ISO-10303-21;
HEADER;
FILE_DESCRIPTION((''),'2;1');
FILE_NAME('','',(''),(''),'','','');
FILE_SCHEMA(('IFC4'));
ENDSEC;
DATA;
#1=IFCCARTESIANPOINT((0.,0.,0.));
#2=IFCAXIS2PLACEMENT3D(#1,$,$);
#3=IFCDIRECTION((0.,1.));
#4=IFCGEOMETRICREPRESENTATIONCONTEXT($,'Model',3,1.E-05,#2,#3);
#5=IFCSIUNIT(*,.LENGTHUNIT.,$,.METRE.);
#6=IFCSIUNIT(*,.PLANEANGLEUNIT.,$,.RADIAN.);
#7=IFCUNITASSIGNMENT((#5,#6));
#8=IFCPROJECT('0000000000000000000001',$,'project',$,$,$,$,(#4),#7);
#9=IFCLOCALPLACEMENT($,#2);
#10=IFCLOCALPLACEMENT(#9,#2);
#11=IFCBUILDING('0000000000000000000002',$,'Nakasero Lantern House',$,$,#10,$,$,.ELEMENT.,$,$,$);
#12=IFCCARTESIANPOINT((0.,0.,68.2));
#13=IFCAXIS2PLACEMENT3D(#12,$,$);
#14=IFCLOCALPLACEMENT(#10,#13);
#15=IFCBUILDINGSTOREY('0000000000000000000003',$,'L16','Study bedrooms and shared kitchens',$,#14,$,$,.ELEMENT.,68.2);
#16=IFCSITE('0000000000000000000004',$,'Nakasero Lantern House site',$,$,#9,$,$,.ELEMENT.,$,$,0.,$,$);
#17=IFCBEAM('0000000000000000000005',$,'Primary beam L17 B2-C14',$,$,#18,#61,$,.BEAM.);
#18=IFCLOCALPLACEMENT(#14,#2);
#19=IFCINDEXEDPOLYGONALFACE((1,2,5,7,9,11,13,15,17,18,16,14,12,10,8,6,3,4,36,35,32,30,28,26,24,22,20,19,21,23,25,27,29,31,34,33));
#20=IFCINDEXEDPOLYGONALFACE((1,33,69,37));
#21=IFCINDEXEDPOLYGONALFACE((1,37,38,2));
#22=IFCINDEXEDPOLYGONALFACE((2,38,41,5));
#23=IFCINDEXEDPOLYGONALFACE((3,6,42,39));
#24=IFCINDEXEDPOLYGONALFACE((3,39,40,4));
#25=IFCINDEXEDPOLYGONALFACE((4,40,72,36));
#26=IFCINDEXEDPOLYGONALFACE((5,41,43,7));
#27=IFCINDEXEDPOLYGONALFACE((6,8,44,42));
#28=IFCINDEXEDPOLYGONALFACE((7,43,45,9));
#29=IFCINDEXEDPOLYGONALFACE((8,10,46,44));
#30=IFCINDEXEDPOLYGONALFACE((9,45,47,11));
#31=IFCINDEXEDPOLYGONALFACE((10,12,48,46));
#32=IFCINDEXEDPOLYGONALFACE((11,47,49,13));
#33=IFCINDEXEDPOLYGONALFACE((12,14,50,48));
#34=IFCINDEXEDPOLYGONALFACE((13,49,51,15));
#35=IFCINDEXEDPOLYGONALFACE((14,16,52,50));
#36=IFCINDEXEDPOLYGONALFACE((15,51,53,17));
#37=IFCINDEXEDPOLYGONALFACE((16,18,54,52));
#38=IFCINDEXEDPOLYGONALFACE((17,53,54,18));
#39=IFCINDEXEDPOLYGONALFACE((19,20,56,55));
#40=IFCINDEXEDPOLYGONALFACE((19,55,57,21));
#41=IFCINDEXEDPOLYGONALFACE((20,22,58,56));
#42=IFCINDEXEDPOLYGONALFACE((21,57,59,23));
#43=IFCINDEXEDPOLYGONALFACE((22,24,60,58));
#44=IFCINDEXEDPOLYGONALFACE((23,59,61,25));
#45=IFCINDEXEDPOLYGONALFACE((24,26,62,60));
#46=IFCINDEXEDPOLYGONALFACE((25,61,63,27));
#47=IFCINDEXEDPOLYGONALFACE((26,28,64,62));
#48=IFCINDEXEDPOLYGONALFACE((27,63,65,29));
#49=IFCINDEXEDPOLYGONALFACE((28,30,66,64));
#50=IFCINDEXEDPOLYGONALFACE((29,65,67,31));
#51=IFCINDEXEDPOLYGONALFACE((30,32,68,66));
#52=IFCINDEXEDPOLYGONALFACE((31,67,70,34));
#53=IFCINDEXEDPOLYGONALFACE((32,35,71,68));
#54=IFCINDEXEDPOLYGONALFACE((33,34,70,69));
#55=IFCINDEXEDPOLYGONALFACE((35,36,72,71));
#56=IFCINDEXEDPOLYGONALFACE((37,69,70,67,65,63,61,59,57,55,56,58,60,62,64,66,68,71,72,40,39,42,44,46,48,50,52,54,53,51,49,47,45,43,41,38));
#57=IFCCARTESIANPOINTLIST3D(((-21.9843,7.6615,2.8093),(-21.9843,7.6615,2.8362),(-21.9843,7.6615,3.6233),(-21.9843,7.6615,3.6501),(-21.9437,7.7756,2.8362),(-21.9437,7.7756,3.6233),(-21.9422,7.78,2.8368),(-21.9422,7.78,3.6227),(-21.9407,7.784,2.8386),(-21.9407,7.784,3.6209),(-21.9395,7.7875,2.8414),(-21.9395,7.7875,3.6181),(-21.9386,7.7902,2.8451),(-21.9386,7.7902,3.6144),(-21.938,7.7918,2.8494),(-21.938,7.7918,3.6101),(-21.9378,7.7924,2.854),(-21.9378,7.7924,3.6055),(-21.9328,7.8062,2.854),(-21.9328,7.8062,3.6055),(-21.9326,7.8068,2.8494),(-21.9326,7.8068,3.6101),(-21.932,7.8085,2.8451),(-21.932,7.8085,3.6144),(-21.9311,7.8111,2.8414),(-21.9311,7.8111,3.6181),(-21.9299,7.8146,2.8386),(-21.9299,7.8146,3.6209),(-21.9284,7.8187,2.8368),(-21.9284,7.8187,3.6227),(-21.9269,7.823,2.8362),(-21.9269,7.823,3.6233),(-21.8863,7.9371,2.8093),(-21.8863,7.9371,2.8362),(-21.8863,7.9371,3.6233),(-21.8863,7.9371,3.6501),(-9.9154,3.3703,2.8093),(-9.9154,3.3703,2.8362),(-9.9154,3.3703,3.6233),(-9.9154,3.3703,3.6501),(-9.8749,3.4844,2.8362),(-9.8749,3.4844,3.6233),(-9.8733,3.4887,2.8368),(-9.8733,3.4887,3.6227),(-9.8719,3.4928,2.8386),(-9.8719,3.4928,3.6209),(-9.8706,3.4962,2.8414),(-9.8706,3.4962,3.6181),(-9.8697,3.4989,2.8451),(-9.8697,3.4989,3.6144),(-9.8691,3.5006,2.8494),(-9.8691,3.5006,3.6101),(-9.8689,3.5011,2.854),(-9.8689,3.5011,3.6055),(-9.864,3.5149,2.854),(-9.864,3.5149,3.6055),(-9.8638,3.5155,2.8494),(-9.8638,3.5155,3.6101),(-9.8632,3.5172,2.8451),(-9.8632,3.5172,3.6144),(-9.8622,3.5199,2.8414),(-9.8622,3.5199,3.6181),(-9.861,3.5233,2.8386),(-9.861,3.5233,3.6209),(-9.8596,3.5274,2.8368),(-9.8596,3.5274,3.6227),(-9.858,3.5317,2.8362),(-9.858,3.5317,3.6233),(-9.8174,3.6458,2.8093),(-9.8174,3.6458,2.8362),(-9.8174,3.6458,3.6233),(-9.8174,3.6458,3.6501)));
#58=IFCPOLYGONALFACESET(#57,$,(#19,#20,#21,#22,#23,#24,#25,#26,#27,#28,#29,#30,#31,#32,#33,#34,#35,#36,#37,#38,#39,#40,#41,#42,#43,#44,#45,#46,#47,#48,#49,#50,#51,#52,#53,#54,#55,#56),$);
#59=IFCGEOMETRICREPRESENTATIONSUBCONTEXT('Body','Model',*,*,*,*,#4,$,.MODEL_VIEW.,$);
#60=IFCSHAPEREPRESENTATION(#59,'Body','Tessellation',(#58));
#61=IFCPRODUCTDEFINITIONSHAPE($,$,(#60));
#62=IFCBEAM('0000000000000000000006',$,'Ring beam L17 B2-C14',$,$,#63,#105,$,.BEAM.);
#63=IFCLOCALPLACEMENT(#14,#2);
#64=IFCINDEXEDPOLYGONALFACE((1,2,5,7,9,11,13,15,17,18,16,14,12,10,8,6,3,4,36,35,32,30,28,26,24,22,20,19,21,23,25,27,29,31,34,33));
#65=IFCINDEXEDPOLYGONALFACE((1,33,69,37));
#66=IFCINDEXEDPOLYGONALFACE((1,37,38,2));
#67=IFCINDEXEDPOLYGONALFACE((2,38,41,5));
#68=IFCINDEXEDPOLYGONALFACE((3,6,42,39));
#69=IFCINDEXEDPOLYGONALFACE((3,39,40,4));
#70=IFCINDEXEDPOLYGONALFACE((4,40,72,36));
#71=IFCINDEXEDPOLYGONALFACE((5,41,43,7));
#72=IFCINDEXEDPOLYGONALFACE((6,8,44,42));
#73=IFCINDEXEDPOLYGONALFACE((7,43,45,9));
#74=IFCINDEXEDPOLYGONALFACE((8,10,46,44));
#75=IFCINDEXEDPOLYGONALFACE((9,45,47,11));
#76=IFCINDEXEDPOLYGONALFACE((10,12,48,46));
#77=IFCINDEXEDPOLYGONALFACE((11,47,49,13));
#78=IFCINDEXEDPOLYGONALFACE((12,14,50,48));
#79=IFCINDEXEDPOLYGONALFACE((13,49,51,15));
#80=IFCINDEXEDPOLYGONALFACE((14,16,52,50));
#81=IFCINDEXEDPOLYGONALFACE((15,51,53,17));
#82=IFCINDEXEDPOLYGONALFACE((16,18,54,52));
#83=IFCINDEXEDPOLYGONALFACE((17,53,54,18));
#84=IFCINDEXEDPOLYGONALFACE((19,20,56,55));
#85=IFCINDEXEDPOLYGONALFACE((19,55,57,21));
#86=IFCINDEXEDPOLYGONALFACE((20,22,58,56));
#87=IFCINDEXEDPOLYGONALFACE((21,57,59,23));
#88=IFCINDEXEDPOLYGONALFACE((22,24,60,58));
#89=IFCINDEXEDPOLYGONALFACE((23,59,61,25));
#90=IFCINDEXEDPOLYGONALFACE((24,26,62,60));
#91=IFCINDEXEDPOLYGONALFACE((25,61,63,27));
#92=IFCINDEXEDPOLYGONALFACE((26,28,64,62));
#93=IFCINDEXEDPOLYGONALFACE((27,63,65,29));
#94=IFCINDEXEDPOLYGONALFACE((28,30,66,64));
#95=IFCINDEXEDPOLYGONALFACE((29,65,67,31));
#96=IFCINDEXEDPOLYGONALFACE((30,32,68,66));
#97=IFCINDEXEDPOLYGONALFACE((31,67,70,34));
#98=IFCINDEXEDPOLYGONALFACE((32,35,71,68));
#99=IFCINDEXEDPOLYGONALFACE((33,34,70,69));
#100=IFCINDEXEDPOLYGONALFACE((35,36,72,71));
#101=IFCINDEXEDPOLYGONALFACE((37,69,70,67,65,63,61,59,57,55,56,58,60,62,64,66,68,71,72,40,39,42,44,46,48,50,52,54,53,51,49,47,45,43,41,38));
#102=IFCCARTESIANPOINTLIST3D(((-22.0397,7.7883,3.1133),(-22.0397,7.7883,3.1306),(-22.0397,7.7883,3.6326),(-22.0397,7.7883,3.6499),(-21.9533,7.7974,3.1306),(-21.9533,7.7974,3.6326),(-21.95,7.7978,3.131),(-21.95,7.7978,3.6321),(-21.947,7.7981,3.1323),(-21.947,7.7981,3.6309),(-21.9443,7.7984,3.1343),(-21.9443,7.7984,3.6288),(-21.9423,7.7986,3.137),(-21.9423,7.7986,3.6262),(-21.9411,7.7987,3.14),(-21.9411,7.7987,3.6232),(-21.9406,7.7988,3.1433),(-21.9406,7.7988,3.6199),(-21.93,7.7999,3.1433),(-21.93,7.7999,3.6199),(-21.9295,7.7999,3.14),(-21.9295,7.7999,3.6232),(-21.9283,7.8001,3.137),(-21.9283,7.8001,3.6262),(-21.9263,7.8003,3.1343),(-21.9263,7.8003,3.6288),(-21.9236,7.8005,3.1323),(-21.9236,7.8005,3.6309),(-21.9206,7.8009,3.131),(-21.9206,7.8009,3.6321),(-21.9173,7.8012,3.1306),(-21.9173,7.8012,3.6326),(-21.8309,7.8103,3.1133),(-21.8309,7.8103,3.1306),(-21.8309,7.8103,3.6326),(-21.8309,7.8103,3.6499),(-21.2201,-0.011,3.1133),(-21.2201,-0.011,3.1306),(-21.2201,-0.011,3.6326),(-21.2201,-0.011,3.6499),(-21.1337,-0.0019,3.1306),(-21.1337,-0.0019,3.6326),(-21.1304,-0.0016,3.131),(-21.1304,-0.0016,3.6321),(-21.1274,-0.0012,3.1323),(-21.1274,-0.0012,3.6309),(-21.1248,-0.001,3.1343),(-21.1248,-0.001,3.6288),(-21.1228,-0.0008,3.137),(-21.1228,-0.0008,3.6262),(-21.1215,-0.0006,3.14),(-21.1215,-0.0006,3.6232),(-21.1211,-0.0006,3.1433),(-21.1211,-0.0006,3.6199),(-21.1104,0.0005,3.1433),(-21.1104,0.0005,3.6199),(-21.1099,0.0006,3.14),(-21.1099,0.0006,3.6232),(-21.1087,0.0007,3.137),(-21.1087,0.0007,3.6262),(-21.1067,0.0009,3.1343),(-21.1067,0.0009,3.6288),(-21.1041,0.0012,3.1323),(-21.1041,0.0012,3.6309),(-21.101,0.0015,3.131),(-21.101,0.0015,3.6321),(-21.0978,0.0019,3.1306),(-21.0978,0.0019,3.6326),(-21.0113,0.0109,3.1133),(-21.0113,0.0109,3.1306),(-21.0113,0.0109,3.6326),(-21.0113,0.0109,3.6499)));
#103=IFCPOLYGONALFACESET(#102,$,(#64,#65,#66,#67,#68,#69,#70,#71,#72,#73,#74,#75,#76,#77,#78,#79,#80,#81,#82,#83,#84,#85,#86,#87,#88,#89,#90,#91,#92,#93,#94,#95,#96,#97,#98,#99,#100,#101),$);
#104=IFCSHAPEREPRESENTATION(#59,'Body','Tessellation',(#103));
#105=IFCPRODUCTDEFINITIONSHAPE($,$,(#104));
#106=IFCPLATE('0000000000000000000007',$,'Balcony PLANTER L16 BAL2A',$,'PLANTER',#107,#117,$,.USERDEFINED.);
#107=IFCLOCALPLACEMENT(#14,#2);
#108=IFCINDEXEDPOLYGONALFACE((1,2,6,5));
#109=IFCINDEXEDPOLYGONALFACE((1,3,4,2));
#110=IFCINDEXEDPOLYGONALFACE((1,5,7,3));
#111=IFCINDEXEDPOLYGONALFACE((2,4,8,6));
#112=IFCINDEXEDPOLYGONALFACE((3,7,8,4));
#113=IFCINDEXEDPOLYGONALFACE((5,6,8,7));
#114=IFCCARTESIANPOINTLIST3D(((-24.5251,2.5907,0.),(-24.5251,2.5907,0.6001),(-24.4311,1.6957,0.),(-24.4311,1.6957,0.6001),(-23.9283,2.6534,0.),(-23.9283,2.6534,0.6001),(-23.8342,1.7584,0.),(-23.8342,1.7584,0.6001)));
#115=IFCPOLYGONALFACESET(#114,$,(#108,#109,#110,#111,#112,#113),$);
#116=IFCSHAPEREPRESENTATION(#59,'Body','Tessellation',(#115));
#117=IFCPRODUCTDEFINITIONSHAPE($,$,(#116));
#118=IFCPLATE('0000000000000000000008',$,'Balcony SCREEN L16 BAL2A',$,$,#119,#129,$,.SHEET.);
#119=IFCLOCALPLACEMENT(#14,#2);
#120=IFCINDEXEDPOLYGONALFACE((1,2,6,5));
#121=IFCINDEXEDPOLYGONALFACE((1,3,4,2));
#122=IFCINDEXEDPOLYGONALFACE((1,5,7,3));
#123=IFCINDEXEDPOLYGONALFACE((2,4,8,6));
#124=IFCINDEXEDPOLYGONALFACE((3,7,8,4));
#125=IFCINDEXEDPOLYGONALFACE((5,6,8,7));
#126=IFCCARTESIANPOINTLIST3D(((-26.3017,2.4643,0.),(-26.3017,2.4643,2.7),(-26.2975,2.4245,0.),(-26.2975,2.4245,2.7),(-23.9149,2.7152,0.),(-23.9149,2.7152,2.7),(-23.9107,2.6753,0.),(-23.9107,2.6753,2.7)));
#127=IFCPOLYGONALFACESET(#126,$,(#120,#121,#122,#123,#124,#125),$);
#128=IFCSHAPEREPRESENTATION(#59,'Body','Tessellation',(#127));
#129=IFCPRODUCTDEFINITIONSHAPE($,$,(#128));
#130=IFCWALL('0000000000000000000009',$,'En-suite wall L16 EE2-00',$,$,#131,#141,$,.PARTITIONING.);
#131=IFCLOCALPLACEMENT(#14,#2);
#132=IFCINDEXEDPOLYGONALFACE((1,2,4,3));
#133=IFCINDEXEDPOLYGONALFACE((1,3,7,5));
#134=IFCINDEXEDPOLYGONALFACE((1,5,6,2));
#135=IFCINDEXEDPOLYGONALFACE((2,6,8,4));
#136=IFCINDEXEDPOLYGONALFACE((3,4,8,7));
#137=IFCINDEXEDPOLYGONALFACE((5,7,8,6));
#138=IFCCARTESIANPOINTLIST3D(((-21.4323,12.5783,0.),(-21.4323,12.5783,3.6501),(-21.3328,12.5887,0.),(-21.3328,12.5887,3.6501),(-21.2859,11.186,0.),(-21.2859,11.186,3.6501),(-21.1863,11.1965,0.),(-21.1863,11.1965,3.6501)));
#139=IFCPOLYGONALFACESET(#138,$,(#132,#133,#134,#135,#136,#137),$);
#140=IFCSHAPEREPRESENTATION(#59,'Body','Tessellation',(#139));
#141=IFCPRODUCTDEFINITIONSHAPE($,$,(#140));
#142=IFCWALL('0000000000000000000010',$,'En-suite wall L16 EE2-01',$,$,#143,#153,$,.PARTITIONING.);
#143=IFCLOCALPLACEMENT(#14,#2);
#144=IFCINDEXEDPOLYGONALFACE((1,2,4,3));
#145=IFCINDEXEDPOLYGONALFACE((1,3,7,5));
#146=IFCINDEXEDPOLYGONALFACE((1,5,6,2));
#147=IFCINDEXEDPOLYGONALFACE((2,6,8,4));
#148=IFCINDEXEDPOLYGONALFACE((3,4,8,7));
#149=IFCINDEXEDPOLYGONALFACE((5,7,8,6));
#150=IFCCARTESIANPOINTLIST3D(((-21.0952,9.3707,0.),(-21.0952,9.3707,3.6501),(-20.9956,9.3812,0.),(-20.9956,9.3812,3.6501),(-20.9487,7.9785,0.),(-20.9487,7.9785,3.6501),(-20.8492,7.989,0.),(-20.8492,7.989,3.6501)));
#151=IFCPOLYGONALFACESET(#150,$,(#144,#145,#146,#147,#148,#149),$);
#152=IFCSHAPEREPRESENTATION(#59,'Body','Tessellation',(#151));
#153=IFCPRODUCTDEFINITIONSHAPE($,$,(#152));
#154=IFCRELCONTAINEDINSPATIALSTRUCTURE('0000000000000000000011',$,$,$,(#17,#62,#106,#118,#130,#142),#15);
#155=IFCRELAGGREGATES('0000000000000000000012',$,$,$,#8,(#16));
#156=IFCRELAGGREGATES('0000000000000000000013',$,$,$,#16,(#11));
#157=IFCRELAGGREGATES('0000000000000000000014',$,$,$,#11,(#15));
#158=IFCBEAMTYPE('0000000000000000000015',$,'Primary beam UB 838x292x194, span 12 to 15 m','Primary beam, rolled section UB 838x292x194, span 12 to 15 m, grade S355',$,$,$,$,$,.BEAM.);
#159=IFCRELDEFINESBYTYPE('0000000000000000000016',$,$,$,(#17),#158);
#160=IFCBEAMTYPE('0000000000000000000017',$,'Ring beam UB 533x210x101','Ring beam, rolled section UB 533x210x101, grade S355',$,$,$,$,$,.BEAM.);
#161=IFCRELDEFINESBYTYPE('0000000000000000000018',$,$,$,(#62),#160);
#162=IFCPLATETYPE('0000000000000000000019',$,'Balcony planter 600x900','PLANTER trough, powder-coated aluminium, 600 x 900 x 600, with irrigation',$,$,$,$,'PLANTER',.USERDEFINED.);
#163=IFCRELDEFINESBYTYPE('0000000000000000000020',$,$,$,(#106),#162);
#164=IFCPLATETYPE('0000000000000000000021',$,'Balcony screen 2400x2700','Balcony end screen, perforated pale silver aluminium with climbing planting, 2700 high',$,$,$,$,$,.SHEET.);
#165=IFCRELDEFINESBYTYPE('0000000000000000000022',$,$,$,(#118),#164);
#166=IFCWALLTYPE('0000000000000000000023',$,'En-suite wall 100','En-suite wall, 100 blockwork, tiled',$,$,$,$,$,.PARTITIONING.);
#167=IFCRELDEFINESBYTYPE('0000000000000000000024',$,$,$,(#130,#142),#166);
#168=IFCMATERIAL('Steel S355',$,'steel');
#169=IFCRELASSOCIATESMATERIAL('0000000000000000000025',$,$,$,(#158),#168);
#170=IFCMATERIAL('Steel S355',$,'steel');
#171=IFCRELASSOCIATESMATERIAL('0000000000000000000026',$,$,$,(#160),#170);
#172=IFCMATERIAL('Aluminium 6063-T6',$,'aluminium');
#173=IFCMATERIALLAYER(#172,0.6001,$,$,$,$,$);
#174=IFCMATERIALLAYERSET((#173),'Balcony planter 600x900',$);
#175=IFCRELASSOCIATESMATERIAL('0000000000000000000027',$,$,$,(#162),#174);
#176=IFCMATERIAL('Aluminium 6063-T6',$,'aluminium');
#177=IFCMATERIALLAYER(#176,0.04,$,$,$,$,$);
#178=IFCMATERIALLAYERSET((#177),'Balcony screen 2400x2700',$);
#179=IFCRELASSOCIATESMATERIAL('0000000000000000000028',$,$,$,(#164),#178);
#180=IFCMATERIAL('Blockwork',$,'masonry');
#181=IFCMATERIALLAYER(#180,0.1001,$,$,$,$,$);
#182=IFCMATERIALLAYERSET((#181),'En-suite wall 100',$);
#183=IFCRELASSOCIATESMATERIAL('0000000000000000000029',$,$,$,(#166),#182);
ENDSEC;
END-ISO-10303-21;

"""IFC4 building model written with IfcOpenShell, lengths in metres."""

from ifc_helpers import new_model, si_unit, direction, frame, frame_2d, origin, origin_2d, place, context, subcontext, project, spatial, rectangle, i_section, extrude, material, layer, layer_set, material_profile, profile_set, type_object, element, save


model = new_model("IFC4")

# Units and contexts
model_context = context("Model", 3, precision=1e-05, world=origin(), true_north=direction((0.0, 1.0)))
body_context = subcontext(model_context, "Body", "Model", "MODEL_VIEW")
ifc_project = project(units=[si_unit("LENGTHUNIT", "METRE"), si_unit("PLANEANGLEUNIT", "RADIAN")], contexts=[model_context])

# Site, building, storey
site_placement = place(None, origin())
site = spatial("IfcSite", under=ifc_project, at=site_placement, Name="Nakasero Lantern House site", CompositionType="ELEMENT", RefElevation=0.0)
building_placement = place(site_placement, origin())
building = spatial("IfcBuilding", under=site, at=building_placement, Name="Nakasero Lantern House", CompositionType="ELEMENT")
storey_placement = place(building_placement, frame((0.0, 0.0, 68.2)))
storey = spatial("IfcBuildingStorey", under=building, at=storey_placement, Name="L16", Description="Study bedrooms and shared kitchens", CompositionType="ELEMENT", Elevation=68.2)

# Beams
ifc_material_1 = material(Name="Steel S355", Category="steel")
ifc_material_profile_1 = material_profile(ifc_material_1, i_section(OverallWidth=0.2925, OverallDepth=0.8408, WebThickness=0.0146, FlangeThickness=0.0269, FilletRadius=0.0178, at=origin_2d()), Name="UB 838x292x194")
ifc_profile_set_1 = profile_set([ifc_material_profile_1], Name="Steel S355")
beam_type_1 = type_object("IfcBeamType", Name="Primary beam UB 838x292x194, span 12 to 15 m", Description="Primary beam, rolled section UB 838x292x194, span 12 to 15 m, grade S355", PredefinedType="BEAM", material=ifc_profile_set_1)
beam_1_placement = place(storey_placement, frame((-21.9353, 7.7993, 3.2297), z_axis=(0.942212, -0.335018, 0.0), x_axis=(0.335018, 0.942212, 0.0)))
element("IfcBeam", 1, at=beam_1_placement, inside=storey, type_object=beam_type_1, Name="Primary beam L17 B2-C14", PredefinedType="BEAM", context=body_context, shape_type="SweptSolid", body=[
    extrude(i_section(OverallWidth=0.2925, OverallDepth=0.8408, WebThickness=0.0146, FlangeThickness=0.0269, FilletRadius=0.0178, at=origin_2d()), origin(), (0.0, 0.0, 1.0), 12.8091),
])
ifc_material_2 = material(Name="Steel S355", Category="steel")
ifc_material_profile_2 = material_profile(ifc_material_2, i_section(OverallWidth=0.21, OverallDepth=0.5366, WebThickness=0.0107, FlangeThickness=0.0173, FilletRadius=0.0127, at=origin_2d()), Name="UB 533x210x101")
ifc_profile_set_2 = profile_set([ifc_material_profile_2], Name="Steel S355")
beam_type_2 = type_object("IfcBeamType", Name="Ring beam UB 533x210x101", Description="Ring beam, rolled section UB 533x210x101, grade S355", PredefinedType="BEAM", material=ifc_profile_set_2)
beam_2_placement = place(storey_placement, frame((-21.9353, 7.7993, 3.3816), z_axis=(0.104508, -0.994524, 0.0), x_axis=(0.994524, 0.104508, 0.0)))
element("IfcBeam", 2, at=beam_2_placement, inside=storey, type_object=beam_type_2, Name="Ring beam L17 B2-C14", PredefinedType="BEAM", context=body_context, shape_type="SweptSolid", body=[
    extrude(i_section(OverallWidth=0.21, OverallDepth=0.5366, WebThickness=0.0107, FlangeThickness=0.0173, FilletRadius=0.0127, at=origin_2d()), origin(), (0.0, 0.0, 1.0), 7.8423),
])

# Plates
ifc_material_3 = material(Name="Aluminium 6063-T6", Category="aluminium")
ifc_layer_1 = layer(ifc_material_3, 0.6001)
ifc_layer_set_1 = layer_set([ifc_layer_1], Name="Balcony planter 600x900")
plate_type_1 = type_object("IfcPlateType", Name="Balcony planter 600x900", Description="PLANTER trough, powder-coated aluminium, 600 x 900 x 600, with irrigation", ElementType="PLANTER", PredefinedType="USERDEFINED", material=ifc_layer_set_1)
plate_1_placement = place(storey_placement, frame((-24.1797, 2.1746, 0.0), z_axis=(0.0, 0.0, 1.0), x_axis=(-0.994522, -0.104528, 0.0)))
element("IfcPlate", 3, at=plate_1_placement, inside=storey, type_object=plate_type_1, Name="Balcony PLANTER L16 BAL2A", ObjectType="PLANTER", PredefinedType="USERDEFINED", context=body_context, shape_type="SweptSolid", body=[
    extrude(rectangle(XDim=0.6001, YDim=0.8999, at=origin_2d()), origin(), (0.0, 0.0, 1.0), 0.6001),
])
ifc_material_4 = material(Name="Aluminium 6063-T6", Category="aluminium")
ifc_layer_2 = layer(ifc_material_4, 0.04)
ifc_layer_set_2 = layer_set([ifc_layer_2], Name="Balcony screen 2400x2700")
plate_type_2 = type_object("IfcPlateType", Name="Balcony screen 2400x2700", Description="Balcony end screen, perforated pale silver aluminium with climbing planting, 2700 high", PredefinedType="SHEET", material=ifc_layer_set_2)
plate_2_placement = place(storey_placement, frame((-25.1062, 2.5698, 0.0), z_axis=(0.0, 0.0, 1.0), x_axis=(-0.994522, -0.104528, 0.0)))
element("IfcPlate", 4, at=plate_2_placement, inside=storey, type_object=plate_type_2, Name="Balcony SCREEN L16 BAL2A", PredefinedType="SHEET", context=body_context, shape_type="SweptSolid", body=[
    extrude(rectangle(XDim=2.3999, YDim=0.04, at=origin_2d()), origin(), (0.0, 0.0, 1.0), 2.7),
])

# Walls
ifc_material_5 = material(Name="Blockwork", Category="masonry")
ifc_layer_3 = layer(ifc_material_5, 0.1001)
ifc_layer_set_3 = layer_set([ifc_layer_3], Name="En-suite wall 100")
wall_type_1 = type_object("IfcWallType", Name="En-suite wall 100", Description="En-suite wall, 100 blockwork, tiled", PredefinedType="PARTITIONING", material=ifc_layer_set_3)
for number, where, z_axis, x_axis, name in (
    (5, (-21.3826, 12.5835, 0.0), (0.0, 0.0, 1.0), (0.10463, -0.994511, 0.0), "En-suite wall L16 EE2-00"),
    (6, (-21.0454, 9.376, 0.0), (0.0, 0.0, 1.0), (0.10463, -0.994511, 0.0), "En-suite wall L16 EE2-01"),
):
    element("IfcWall", number, at=place(storey_placement, frame(where, z_axis=z_axis, x_axis=x_axis)), inside=storey, type_object=wall_type_1, Name=name, PredefinedType="PARTITIONING", context=body_context, shape_type="SweptSolid", body=[
        extrude(rectangle(XDim=1.3999, YDim=0.1001, at=frame_2d((0.7, 0.0))), origin(), (0.0, 0.0, 1.0), 3.6501),
    ])

save(model, "model.ifc")
